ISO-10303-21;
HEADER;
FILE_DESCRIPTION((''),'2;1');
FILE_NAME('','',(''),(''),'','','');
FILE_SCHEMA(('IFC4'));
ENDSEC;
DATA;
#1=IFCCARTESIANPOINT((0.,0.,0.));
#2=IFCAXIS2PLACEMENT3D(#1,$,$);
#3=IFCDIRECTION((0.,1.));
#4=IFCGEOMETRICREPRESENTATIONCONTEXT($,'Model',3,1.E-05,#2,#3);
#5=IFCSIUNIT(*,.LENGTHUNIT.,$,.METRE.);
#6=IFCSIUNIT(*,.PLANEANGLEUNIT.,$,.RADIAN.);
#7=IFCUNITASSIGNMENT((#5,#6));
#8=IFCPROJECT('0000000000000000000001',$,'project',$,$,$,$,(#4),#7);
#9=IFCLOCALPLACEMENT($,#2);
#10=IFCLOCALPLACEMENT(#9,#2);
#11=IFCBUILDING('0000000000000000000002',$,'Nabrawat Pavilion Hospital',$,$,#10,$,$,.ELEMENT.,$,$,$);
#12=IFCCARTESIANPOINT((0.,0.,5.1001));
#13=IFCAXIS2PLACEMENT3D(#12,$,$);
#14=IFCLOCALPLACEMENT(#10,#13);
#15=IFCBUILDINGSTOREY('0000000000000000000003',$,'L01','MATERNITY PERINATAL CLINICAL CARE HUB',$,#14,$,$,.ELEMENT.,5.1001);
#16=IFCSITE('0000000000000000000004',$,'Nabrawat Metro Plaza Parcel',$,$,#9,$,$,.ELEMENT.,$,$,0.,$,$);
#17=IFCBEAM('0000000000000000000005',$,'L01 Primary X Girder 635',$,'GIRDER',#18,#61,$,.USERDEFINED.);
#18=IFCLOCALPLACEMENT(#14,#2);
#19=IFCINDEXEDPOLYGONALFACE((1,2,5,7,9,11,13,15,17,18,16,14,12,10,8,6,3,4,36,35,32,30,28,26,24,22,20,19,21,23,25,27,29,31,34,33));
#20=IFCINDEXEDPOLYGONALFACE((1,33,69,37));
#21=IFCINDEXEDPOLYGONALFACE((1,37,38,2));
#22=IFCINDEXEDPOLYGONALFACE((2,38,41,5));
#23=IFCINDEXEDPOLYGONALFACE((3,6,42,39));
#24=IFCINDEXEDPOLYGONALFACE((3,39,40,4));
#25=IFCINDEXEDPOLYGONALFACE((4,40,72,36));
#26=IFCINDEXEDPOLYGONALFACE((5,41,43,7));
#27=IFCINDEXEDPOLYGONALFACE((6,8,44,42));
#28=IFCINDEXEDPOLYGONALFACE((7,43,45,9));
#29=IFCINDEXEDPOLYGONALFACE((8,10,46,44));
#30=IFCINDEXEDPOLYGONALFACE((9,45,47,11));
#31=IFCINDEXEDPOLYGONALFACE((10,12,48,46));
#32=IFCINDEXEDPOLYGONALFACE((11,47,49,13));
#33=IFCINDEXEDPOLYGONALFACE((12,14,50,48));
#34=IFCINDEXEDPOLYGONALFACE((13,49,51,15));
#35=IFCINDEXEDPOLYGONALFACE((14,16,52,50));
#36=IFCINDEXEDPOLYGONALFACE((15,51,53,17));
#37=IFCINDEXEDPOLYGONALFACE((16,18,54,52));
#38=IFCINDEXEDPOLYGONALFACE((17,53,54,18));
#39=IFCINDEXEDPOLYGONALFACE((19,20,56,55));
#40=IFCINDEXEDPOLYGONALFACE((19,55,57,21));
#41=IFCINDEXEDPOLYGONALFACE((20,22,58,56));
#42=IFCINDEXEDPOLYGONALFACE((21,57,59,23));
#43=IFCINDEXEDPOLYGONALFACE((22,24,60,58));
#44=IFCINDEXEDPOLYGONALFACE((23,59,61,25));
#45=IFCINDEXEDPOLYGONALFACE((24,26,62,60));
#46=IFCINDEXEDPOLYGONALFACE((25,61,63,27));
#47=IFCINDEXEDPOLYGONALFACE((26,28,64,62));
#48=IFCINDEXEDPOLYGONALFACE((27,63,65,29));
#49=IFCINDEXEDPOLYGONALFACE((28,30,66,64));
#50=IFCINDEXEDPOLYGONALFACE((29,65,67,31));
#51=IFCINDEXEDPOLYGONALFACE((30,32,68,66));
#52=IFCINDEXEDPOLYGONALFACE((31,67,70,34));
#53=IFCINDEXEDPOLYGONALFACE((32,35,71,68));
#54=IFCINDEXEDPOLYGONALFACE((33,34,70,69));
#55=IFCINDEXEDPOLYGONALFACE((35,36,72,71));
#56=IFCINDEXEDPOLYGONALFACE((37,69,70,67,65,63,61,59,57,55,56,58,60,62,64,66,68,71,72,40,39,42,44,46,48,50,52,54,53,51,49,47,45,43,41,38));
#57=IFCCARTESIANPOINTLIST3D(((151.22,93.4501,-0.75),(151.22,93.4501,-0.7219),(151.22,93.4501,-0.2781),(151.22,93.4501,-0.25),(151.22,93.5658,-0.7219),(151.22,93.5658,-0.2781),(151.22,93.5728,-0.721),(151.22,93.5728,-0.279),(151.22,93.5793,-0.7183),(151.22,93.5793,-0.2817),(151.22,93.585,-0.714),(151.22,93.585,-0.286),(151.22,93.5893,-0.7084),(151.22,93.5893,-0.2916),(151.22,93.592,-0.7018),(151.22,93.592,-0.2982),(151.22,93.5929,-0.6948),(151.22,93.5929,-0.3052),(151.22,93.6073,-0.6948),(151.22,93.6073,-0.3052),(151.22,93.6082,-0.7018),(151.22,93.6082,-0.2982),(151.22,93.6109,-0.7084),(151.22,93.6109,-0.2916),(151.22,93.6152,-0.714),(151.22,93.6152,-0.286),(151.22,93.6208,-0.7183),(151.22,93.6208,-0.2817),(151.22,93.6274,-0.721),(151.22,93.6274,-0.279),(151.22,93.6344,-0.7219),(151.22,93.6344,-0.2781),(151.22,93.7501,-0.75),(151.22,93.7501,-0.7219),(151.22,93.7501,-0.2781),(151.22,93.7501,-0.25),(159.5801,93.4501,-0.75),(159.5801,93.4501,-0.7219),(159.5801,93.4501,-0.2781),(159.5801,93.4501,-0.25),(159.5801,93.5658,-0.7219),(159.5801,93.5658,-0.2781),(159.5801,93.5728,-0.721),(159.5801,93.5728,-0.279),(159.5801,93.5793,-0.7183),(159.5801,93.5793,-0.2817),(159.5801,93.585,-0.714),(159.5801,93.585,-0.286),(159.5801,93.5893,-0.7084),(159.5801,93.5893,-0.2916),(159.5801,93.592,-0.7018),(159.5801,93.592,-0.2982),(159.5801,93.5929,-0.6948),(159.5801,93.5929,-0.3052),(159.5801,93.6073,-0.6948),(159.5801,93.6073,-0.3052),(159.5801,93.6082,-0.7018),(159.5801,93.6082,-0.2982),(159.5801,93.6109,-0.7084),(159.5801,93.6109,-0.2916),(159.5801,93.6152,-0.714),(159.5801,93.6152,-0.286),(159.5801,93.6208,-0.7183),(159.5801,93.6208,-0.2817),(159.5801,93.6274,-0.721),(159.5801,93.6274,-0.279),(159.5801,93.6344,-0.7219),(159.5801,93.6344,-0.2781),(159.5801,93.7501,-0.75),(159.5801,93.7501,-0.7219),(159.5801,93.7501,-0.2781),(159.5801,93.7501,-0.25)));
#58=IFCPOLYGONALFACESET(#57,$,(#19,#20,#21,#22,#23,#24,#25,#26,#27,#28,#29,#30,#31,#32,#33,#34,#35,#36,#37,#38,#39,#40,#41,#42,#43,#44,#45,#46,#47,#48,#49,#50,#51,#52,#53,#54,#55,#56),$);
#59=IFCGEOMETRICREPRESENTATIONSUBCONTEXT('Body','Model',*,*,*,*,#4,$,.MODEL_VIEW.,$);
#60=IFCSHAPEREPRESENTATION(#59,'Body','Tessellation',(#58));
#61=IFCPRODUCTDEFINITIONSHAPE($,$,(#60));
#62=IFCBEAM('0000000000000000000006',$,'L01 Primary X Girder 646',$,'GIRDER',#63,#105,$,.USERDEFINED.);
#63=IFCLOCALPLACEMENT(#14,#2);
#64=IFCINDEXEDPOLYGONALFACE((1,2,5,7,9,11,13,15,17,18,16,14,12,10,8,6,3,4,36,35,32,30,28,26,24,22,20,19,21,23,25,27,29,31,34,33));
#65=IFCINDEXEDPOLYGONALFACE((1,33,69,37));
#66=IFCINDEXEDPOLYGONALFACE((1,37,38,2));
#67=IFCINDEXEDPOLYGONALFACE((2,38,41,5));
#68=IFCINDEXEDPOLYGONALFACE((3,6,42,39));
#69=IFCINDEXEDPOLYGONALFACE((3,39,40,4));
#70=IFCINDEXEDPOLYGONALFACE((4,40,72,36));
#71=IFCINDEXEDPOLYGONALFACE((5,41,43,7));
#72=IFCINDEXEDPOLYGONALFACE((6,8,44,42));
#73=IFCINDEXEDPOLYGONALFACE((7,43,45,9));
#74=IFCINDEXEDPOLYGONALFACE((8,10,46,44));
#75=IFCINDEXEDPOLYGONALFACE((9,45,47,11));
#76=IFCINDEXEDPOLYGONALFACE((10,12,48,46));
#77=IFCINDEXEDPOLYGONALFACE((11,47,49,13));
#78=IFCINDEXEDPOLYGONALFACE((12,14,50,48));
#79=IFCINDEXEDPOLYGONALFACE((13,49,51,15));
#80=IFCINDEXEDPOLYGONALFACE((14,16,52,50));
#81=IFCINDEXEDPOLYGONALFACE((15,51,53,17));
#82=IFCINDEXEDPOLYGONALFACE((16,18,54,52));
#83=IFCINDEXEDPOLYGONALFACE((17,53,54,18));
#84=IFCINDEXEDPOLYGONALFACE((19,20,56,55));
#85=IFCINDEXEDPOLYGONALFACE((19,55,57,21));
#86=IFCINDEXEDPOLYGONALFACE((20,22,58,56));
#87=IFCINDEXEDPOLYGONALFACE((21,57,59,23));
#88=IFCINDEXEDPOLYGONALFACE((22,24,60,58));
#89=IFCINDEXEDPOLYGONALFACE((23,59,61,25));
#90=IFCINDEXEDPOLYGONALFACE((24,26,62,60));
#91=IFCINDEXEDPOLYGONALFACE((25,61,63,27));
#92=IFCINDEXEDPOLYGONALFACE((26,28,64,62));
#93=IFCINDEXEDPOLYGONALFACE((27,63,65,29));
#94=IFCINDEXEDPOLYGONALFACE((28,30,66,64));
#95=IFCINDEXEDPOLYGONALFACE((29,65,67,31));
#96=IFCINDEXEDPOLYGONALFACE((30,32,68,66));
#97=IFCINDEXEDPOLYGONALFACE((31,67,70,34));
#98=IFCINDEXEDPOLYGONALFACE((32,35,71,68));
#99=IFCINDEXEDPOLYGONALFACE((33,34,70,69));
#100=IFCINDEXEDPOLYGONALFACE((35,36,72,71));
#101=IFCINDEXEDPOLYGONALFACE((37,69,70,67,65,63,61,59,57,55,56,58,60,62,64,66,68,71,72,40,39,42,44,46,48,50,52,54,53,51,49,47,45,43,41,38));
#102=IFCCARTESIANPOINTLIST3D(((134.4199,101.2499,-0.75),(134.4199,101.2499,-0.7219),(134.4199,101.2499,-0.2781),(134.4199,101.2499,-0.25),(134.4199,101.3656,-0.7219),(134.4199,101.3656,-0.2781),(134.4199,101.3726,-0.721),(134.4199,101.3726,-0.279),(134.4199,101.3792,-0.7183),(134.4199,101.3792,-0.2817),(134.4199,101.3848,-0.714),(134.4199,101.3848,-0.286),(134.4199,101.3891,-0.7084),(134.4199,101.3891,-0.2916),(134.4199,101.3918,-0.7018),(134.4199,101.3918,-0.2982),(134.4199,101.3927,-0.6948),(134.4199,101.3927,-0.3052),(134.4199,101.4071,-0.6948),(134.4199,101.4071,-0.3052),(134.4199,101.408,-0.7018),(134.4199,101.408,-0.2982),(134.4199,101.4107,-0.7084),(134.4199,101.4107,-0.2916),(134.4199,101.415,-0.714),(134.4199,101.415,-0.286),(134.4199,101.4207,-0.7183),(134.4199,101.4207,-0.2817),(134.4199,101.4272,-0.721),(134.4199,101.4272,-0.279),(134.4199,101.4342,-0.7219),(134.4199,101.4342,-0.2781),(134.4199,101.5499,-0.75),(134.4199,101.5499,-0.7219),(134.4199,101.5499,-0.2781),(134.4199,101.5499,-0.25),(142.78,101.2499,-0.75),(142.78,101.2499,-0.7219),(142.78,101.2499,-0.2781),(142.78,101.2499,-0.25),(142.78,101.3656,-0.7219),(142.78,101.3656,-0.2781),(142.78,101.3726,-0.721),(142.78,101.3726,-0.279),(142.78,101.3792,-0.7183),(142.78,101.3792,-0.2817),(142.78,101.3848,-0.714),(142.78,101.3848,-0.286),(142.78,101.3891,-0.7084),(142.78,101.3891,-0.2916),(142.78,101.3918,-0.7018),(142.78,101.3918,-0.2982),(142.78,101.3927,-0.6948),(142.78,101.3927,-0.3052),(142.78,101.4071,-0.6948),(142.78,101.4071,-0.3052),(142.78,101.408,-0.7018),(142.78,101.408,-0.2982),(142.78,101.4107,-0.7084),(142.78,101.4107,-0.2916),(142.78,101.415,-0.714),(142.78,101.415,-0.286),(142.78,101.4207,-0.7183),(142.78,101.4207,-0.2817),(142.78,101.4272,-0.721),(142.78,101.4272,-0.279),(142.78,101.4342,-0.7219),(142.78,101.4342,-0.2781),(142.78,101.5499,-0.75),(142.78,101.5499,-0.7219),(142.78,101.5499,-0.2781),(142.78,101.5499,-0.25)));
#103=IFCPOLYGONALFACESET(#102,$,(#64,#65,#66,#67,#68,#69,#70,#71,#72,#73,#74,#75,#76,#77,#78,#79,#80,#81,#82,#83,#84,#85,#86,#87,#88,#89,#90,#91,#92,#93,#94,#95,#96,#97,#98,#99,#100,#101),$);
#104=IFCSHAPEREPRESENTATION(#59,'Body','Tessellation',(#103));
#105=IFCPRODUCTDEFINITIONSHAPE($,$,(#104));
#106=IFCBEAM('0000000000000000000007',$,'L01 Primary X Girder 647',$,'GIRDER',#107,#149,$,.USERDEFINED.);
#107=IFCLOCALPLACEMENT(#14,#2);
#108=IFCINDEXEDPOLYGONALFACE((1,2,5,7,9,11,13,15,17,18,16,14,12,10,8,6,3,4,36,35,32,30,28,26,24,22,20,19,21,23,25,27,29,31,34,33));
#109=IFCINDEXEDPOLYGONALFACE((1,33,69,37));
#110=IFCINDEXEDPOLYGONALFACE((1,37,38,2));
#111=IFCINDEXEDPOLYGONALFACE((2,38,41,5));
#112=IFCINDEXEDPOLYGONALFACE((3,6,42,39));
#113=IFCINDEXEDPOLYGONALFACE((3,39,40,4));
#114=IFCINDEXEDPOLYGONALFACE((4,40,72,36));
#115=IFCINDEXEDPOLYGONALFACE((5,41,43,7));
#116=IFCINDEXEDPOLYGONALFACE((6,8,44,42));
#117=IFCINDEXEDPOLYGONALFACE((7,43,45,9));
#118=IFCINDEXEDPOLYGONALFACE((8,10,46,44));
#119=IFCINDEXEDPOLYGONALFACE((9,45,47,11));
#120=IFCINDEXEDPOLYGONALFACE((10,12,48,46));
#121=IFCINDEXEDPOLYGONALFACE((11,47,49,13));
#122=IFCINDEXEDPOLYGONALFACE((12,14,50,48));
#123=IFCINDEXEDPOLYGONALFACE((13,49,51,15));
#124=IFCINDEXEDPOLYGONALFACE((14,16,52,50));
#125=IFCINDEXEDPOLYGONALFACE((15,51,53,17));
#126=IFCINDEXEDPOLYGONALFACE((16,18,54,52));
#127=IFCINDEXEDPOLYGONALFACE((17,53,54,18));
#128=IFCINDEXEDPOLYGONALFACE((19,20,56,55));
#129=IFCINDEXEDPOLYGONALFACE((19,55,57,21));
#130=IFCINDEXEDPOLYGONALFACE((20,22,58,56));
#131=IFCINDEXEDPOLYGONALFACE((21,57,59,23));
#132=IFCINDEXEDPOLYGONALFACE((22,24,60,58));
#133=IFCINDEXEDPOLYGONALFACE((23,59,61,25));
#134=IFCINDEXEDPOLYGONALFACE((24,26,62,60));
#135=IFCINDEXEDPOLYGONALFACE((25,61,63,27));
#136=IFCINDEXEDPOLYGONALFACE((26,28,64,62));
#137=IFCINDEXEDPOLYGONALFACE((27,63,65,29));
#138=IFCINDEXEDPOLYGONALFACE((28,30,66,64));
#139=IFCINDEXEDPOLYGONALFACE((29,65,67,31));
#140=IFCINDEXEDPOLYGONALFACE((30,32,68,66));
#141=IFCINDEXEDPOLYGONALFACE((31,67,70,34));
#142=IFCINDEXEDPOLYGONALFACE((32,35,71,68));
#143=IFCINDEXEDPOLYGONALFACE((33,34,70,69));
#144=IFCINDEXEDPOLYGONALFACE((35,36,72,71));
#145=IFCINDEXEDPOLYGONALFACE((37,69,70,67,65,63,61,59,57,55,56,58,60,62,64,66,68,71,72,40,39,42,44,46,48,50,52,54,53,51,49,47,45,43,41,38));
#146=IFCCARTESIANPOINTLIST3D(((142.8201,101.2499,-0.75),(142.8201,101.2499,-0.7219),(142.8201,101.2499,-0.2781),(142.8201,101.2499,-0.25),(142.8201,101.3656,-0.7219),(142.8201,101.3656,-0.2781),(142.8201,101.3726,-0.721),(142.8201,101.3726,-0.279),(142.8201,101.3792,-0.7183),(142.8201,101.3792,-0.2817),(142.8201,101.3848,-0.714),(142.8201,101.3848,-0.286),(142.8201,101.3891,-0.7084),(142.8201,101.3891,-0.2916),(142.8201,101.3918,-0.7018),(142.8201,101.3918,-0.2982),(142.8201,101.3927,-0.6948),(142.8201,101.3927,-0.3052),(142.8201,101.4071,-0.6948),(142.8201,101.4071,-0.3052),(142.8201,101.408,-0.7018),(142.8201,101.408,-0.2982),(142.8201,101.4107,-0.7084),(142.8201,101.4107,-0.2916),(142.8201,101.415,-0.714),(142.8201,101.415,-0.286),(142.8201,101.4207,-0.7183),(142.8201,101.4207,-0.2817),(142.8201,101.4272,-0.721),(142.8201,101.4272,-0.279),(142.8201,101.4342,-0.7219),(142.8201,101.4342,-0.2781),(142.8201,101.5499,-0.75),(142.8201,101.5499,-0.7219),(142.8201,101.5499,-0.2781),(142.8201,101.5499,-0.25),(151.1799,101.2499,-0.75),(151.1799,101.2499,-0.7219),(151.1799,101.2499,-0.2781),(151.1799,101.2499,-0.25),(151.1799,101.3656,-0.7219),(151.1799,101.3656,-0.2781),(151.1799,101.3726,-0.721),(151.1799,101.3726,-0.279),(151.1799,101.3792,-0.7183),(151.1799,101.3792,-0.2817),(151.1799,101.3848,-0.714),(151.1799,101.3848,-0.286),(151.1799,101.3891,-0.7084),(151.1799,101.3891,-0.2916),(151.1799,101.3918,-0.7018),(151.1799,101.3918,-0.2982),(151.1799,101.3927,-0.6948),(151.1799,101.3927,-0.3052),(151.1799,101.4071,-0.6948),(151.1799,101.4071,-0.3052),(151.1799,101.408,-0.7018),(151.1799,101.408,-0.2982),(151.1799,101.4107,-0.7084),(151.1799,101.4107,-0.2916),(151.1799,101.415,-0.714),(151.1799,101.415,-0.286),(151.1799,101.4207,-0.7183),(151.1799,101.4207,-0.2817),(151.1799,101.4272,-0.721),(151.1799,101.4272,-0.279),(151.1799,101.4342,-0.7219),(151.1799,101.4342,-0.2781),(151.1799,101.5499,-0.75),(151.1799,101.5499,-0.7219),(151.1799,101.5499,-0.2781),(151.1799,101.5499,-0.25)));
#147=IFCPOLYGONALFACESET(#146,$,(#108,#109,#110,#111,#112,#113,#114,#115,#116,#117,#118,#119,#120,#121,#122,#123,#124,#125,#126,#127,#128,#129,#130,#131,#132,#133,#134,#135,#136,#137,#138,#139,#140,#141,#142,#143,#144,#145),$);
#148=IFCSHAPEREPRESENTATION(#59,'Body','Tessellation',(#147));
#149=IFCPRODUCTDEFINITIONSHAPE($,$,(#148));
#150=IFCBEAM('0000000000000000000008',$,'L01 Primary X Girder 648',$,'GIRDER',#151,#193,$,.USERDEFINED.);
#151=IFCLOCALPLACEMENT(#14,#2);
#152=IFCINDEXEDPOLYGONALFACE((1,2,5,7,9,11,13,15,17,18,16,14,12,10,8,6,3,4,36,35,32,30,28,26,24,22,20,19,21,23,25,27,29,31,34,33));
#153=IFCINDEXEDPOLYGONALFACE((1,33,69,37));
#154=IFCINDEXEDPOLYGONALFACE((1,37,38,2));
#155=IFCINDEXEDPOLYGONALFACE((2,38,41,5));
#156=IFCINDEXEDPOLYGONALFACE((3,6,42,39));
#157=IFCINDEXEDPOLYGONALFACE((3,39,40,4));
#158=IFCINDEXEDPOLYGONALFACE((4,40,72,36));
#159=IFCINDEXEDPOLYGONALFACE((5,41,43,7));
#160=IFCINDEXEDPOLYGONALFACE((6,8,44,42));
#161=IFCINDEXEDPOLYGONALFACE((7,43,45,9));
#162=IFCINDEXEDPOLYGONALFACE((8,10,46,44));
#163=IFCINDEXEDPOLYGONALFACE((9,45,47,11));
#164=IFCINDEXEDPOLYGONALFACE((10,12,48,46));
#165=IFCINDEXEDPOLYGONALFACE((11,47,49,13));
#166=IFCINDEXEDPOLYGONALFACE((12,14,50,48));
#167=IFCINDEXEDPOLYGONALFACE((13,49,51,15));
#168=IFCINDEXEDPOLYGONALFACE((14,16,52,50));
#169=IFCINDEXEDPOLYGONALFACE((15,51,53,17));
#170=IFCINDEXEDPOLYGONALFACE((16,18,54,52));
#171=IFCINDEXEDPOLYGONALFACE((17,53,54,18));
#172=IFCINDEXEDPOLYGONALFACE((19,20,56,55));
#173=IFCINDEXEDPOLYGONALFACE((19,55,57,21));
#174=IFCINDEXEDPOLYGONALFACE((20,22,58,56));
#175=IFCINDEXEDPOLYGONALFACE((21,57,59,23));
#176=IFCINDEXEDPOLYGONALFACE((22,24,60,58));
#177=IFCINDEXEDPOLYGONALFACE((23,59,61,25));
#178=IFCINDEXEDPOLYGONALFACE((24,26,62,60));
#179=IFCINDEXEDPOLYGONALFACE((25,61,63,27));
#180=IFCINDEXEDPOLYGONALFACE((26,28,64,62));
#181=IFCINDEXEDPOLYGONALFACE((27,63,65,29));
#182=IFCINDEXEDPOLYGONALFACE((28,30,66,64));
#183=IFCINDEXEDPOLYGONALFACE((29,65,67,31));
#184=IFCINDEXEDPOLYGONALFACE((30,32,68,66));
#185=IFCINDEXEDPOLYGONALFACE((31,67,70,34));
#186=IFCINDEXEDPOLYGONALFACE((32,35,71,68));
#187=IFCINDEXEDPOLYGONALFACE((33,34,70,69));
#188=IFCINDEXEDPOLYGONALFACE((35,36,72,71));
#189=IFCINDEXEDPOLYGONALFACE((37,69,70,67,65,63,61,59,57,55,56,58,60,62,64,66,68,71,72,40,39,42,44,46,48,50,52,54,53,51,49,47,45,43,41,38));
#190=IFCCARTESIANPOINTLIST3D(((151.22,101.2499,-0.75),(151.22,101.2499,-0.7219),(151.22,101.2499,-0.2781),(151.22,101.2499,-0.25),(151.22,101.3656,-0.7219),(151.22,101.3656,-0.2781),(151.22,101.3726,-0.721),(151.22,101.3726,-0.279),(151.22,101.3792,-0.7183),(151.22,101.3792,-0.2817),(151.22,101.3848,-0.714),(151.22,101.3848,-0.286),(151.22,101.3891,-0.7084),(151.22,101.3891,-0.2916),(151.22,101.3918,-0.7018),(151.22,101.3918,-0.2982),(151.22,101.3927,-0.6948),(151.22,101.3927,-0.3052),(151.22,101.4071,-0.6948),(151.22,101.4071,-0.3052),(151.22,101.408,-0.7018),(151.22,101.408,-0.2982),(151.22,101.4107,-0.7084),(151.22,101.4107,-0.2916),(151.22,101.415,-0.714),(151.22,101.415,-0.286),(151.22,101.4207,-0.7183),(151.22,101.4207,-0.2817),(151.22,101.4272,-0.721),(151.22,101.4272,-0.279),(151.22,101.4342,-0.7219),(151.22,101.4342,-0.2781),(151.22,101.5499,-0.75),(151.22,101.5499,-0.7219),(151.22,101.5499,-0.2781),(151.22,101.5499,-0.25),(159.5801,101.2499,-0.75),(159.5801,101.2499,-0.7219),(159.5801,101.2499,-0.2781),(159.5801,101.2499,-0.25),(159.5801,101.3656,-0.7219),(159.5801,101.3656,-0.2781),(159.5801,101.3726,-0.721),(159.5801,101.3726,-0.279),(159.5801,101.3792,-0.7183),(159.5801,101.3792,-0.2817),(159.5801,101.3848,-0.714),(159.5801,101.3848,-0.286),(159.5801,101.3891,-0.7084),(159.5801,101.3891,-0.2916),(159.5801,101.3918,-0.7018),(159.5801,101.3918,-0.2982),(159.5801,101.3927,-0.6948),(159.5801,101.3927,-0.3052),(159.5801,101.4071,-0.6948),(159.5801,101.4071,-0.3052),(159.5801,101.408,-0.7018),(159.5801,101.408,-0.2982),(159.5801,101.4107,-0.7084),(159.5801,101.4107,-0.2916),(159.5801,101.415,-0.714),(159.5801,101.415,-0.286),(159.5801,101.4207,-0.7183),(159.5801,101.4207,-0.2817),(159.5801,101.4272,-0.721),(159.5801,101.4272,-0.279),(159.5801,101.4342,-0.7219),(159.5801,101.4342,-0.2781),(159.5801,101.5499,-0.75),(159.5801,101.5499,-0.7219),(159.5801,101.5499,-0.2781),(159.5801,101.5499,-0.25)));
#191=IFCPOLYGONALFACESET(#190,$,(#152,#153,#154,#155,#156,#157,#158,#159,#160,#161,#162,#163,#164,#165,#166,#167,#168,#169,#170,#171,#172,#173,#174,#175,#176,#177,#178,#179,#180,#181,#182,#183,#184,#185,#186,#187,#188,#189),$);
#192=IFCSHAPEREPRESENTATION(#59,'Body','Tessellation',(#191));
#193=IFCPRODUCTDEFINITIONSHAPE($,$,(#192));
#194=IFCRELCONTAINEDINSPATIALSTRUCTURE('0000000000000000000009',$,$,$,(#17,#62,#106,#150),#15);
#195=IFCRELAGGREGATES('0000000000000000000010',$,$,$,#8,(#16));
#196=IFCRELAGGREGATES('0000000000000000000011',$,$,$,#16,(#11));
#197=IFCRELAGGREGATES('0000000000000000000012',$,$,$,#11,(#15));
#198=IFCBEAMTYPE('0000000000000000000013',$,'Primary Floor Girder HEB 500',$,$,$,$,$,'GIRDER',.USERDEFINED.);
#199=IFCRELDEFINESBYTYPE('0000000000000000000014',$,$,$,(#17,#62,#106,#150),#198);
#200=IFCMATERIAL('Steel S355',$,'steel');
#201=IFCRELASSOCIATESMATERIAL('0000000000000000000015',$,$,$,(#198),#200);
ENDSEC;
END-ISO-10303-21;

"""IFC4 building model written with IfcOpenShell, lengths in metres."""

from ifc_helpers import new_model, si_unit, direction, frame, origin, origin_2d, place, context, subcontext, project, spatial, i_section, extrude, material, material_profile, profile_set, type_object, element, save


model = new_model("IFC4")

# Units and contexts
model_context = context("Model", 3, precision=1e-05, world=origin(), true_north=direction((0.0, 1.0)))
body_context = subcontext(model_context, "Body", "Model", "MODEL_VIEW")
ifc_project = project(units=[si_unit("LENGTHUNIT", "METRE"), si_unit("PLANEANGLEUNIT", "RADIAN")], contexts=[model_context])

# Site, building, storey
site_placement = place(None, origin())
site = spatial("IfcSite", under=ifc_project, at=site_placement, Name="Nabrawat Metro Plaza Parcel", CompositionType="ELEMENT", RefElevation=0.0)
building_placement = place(site_placement, origin())
building = spatial("IfcBuilding", under=site, at=building_placement, Name="Nabrawat Pavilion Hospital", CompositionType="ELEMENT")
storey_placement = place(building_placement, frame((0.0, 0.0, 5.1001)))
storey = spatial("IfcBuildingStorey", under=building, at=storey_placement, Name="L01", Description="MATERNITY PERINATAL CLINICAL CARE HUB", CompositionType="ELEMENT", Elevation=5.1001)

# Shared definitions
ifc_material_1 = material(Name="Steel S355", Category="steel")

# Beams
ifc_material_profile_1 = material_profile(ifc_material_1, i_section(OverallWidth=0.3, OverallDepth=0.5, WebThickness=0.0144, FlangeThickness=0.0281, FilletRadius=0.0271, at=origin_2d()), Name="HEB 500")
ifc_profile_set_1 = profile_set([ifc_material_profile_1], Name="Steel S355")
beam_type_1 = type_object("IfcBeamType", Name="Primary Floor Girder HEB 500", ElementType="GIRDER", PredefinedType="USERDEFINED", material=ifc_profile_set_1)
for number, where, z_axis, x_axis, name in (
    (1, (151.22, 93.6001, -0.5), (1.0, 0.0, 0.0), (0.0, 1.0, 0.0), "L01 Primary X Girder 635"),
    (2, (134.4199, 101.3999, -0.5), (1.0, 0.0, 0.0), (0.0, 1.0, 0.0), "L01 Primary X Girder 646"),
):
    element("IfcBeam", number, at=place(storey_placement, frame(where, z_axis=z_axis, x_axis=x_axis)), inside=storey, type_object=beam_type_1, Name=name, ObjectType="GIRDER", PredefinedType="USERDEFINED", context=body_context, shape_type="SweptSolid", body=[
        extrude(i_section(OverallWidth=0.3, OverallDepth=0.5, WebThickness=0.0144, FlangeThickness=0.0281, FilletRadius=0.0271, at=origin_2d()), origin(), (0.0, 0.0, 1.0), 8.3601),
    ])
beam_1_placement = place(storey_placement, frame((142.8201, 101.3999, -0.5), z_axis=(1.0, 0.0, 0.0), x_axis=(0.0, 1.0, 0.0)))
element("IfcBeam", 3, at=beam_1_placement, inside=storey, type_object=beam_type_1, Name="L01 Primary X Girder 647", ObjectType="GIRDER", PredefinedType="USERDEFINED", context=body_context, shape_type="SweptSolid", body=[
    extrude(i_section(OverallWidth=0.3, OverallDepth=0.5, WebThickness=0.0144, FlangeThickness=0.0281, FilletRadius=0.0271, at=origin_2d()), origin(), (0.0, 0.0, 1.0), 8.3599),
])
for number, where, z_axis, x_axis, name in (
    (4, (151.22, 101.3999, -0.5), (1.0, 0.0, 0.0), (0.0, 1.0, 0.0), "L01 Primary X Girder 648"),
):
    element("IfcBeam", number, at=place(storey_placement, frame(where, z_axis=z_axis, x_axis=x_axis)), inside=storey, type_object=beam_type_1, Name=name, ObjectType="GIRDER", PredefinedType="USERDEFINED", context=body_context, shape_type="SweptSolid", body=[
        extrude(i_section(OverallWidth=0.3, OverallDepth=0.5, WebThickness=0.0144, FlangeThickness=0.0281, FilletRadius=0.0271, at=origin_2d()), origin(), (0.0, 0.0, 1.0), 8.3601),
    ])

save(model, "model.ifc")
